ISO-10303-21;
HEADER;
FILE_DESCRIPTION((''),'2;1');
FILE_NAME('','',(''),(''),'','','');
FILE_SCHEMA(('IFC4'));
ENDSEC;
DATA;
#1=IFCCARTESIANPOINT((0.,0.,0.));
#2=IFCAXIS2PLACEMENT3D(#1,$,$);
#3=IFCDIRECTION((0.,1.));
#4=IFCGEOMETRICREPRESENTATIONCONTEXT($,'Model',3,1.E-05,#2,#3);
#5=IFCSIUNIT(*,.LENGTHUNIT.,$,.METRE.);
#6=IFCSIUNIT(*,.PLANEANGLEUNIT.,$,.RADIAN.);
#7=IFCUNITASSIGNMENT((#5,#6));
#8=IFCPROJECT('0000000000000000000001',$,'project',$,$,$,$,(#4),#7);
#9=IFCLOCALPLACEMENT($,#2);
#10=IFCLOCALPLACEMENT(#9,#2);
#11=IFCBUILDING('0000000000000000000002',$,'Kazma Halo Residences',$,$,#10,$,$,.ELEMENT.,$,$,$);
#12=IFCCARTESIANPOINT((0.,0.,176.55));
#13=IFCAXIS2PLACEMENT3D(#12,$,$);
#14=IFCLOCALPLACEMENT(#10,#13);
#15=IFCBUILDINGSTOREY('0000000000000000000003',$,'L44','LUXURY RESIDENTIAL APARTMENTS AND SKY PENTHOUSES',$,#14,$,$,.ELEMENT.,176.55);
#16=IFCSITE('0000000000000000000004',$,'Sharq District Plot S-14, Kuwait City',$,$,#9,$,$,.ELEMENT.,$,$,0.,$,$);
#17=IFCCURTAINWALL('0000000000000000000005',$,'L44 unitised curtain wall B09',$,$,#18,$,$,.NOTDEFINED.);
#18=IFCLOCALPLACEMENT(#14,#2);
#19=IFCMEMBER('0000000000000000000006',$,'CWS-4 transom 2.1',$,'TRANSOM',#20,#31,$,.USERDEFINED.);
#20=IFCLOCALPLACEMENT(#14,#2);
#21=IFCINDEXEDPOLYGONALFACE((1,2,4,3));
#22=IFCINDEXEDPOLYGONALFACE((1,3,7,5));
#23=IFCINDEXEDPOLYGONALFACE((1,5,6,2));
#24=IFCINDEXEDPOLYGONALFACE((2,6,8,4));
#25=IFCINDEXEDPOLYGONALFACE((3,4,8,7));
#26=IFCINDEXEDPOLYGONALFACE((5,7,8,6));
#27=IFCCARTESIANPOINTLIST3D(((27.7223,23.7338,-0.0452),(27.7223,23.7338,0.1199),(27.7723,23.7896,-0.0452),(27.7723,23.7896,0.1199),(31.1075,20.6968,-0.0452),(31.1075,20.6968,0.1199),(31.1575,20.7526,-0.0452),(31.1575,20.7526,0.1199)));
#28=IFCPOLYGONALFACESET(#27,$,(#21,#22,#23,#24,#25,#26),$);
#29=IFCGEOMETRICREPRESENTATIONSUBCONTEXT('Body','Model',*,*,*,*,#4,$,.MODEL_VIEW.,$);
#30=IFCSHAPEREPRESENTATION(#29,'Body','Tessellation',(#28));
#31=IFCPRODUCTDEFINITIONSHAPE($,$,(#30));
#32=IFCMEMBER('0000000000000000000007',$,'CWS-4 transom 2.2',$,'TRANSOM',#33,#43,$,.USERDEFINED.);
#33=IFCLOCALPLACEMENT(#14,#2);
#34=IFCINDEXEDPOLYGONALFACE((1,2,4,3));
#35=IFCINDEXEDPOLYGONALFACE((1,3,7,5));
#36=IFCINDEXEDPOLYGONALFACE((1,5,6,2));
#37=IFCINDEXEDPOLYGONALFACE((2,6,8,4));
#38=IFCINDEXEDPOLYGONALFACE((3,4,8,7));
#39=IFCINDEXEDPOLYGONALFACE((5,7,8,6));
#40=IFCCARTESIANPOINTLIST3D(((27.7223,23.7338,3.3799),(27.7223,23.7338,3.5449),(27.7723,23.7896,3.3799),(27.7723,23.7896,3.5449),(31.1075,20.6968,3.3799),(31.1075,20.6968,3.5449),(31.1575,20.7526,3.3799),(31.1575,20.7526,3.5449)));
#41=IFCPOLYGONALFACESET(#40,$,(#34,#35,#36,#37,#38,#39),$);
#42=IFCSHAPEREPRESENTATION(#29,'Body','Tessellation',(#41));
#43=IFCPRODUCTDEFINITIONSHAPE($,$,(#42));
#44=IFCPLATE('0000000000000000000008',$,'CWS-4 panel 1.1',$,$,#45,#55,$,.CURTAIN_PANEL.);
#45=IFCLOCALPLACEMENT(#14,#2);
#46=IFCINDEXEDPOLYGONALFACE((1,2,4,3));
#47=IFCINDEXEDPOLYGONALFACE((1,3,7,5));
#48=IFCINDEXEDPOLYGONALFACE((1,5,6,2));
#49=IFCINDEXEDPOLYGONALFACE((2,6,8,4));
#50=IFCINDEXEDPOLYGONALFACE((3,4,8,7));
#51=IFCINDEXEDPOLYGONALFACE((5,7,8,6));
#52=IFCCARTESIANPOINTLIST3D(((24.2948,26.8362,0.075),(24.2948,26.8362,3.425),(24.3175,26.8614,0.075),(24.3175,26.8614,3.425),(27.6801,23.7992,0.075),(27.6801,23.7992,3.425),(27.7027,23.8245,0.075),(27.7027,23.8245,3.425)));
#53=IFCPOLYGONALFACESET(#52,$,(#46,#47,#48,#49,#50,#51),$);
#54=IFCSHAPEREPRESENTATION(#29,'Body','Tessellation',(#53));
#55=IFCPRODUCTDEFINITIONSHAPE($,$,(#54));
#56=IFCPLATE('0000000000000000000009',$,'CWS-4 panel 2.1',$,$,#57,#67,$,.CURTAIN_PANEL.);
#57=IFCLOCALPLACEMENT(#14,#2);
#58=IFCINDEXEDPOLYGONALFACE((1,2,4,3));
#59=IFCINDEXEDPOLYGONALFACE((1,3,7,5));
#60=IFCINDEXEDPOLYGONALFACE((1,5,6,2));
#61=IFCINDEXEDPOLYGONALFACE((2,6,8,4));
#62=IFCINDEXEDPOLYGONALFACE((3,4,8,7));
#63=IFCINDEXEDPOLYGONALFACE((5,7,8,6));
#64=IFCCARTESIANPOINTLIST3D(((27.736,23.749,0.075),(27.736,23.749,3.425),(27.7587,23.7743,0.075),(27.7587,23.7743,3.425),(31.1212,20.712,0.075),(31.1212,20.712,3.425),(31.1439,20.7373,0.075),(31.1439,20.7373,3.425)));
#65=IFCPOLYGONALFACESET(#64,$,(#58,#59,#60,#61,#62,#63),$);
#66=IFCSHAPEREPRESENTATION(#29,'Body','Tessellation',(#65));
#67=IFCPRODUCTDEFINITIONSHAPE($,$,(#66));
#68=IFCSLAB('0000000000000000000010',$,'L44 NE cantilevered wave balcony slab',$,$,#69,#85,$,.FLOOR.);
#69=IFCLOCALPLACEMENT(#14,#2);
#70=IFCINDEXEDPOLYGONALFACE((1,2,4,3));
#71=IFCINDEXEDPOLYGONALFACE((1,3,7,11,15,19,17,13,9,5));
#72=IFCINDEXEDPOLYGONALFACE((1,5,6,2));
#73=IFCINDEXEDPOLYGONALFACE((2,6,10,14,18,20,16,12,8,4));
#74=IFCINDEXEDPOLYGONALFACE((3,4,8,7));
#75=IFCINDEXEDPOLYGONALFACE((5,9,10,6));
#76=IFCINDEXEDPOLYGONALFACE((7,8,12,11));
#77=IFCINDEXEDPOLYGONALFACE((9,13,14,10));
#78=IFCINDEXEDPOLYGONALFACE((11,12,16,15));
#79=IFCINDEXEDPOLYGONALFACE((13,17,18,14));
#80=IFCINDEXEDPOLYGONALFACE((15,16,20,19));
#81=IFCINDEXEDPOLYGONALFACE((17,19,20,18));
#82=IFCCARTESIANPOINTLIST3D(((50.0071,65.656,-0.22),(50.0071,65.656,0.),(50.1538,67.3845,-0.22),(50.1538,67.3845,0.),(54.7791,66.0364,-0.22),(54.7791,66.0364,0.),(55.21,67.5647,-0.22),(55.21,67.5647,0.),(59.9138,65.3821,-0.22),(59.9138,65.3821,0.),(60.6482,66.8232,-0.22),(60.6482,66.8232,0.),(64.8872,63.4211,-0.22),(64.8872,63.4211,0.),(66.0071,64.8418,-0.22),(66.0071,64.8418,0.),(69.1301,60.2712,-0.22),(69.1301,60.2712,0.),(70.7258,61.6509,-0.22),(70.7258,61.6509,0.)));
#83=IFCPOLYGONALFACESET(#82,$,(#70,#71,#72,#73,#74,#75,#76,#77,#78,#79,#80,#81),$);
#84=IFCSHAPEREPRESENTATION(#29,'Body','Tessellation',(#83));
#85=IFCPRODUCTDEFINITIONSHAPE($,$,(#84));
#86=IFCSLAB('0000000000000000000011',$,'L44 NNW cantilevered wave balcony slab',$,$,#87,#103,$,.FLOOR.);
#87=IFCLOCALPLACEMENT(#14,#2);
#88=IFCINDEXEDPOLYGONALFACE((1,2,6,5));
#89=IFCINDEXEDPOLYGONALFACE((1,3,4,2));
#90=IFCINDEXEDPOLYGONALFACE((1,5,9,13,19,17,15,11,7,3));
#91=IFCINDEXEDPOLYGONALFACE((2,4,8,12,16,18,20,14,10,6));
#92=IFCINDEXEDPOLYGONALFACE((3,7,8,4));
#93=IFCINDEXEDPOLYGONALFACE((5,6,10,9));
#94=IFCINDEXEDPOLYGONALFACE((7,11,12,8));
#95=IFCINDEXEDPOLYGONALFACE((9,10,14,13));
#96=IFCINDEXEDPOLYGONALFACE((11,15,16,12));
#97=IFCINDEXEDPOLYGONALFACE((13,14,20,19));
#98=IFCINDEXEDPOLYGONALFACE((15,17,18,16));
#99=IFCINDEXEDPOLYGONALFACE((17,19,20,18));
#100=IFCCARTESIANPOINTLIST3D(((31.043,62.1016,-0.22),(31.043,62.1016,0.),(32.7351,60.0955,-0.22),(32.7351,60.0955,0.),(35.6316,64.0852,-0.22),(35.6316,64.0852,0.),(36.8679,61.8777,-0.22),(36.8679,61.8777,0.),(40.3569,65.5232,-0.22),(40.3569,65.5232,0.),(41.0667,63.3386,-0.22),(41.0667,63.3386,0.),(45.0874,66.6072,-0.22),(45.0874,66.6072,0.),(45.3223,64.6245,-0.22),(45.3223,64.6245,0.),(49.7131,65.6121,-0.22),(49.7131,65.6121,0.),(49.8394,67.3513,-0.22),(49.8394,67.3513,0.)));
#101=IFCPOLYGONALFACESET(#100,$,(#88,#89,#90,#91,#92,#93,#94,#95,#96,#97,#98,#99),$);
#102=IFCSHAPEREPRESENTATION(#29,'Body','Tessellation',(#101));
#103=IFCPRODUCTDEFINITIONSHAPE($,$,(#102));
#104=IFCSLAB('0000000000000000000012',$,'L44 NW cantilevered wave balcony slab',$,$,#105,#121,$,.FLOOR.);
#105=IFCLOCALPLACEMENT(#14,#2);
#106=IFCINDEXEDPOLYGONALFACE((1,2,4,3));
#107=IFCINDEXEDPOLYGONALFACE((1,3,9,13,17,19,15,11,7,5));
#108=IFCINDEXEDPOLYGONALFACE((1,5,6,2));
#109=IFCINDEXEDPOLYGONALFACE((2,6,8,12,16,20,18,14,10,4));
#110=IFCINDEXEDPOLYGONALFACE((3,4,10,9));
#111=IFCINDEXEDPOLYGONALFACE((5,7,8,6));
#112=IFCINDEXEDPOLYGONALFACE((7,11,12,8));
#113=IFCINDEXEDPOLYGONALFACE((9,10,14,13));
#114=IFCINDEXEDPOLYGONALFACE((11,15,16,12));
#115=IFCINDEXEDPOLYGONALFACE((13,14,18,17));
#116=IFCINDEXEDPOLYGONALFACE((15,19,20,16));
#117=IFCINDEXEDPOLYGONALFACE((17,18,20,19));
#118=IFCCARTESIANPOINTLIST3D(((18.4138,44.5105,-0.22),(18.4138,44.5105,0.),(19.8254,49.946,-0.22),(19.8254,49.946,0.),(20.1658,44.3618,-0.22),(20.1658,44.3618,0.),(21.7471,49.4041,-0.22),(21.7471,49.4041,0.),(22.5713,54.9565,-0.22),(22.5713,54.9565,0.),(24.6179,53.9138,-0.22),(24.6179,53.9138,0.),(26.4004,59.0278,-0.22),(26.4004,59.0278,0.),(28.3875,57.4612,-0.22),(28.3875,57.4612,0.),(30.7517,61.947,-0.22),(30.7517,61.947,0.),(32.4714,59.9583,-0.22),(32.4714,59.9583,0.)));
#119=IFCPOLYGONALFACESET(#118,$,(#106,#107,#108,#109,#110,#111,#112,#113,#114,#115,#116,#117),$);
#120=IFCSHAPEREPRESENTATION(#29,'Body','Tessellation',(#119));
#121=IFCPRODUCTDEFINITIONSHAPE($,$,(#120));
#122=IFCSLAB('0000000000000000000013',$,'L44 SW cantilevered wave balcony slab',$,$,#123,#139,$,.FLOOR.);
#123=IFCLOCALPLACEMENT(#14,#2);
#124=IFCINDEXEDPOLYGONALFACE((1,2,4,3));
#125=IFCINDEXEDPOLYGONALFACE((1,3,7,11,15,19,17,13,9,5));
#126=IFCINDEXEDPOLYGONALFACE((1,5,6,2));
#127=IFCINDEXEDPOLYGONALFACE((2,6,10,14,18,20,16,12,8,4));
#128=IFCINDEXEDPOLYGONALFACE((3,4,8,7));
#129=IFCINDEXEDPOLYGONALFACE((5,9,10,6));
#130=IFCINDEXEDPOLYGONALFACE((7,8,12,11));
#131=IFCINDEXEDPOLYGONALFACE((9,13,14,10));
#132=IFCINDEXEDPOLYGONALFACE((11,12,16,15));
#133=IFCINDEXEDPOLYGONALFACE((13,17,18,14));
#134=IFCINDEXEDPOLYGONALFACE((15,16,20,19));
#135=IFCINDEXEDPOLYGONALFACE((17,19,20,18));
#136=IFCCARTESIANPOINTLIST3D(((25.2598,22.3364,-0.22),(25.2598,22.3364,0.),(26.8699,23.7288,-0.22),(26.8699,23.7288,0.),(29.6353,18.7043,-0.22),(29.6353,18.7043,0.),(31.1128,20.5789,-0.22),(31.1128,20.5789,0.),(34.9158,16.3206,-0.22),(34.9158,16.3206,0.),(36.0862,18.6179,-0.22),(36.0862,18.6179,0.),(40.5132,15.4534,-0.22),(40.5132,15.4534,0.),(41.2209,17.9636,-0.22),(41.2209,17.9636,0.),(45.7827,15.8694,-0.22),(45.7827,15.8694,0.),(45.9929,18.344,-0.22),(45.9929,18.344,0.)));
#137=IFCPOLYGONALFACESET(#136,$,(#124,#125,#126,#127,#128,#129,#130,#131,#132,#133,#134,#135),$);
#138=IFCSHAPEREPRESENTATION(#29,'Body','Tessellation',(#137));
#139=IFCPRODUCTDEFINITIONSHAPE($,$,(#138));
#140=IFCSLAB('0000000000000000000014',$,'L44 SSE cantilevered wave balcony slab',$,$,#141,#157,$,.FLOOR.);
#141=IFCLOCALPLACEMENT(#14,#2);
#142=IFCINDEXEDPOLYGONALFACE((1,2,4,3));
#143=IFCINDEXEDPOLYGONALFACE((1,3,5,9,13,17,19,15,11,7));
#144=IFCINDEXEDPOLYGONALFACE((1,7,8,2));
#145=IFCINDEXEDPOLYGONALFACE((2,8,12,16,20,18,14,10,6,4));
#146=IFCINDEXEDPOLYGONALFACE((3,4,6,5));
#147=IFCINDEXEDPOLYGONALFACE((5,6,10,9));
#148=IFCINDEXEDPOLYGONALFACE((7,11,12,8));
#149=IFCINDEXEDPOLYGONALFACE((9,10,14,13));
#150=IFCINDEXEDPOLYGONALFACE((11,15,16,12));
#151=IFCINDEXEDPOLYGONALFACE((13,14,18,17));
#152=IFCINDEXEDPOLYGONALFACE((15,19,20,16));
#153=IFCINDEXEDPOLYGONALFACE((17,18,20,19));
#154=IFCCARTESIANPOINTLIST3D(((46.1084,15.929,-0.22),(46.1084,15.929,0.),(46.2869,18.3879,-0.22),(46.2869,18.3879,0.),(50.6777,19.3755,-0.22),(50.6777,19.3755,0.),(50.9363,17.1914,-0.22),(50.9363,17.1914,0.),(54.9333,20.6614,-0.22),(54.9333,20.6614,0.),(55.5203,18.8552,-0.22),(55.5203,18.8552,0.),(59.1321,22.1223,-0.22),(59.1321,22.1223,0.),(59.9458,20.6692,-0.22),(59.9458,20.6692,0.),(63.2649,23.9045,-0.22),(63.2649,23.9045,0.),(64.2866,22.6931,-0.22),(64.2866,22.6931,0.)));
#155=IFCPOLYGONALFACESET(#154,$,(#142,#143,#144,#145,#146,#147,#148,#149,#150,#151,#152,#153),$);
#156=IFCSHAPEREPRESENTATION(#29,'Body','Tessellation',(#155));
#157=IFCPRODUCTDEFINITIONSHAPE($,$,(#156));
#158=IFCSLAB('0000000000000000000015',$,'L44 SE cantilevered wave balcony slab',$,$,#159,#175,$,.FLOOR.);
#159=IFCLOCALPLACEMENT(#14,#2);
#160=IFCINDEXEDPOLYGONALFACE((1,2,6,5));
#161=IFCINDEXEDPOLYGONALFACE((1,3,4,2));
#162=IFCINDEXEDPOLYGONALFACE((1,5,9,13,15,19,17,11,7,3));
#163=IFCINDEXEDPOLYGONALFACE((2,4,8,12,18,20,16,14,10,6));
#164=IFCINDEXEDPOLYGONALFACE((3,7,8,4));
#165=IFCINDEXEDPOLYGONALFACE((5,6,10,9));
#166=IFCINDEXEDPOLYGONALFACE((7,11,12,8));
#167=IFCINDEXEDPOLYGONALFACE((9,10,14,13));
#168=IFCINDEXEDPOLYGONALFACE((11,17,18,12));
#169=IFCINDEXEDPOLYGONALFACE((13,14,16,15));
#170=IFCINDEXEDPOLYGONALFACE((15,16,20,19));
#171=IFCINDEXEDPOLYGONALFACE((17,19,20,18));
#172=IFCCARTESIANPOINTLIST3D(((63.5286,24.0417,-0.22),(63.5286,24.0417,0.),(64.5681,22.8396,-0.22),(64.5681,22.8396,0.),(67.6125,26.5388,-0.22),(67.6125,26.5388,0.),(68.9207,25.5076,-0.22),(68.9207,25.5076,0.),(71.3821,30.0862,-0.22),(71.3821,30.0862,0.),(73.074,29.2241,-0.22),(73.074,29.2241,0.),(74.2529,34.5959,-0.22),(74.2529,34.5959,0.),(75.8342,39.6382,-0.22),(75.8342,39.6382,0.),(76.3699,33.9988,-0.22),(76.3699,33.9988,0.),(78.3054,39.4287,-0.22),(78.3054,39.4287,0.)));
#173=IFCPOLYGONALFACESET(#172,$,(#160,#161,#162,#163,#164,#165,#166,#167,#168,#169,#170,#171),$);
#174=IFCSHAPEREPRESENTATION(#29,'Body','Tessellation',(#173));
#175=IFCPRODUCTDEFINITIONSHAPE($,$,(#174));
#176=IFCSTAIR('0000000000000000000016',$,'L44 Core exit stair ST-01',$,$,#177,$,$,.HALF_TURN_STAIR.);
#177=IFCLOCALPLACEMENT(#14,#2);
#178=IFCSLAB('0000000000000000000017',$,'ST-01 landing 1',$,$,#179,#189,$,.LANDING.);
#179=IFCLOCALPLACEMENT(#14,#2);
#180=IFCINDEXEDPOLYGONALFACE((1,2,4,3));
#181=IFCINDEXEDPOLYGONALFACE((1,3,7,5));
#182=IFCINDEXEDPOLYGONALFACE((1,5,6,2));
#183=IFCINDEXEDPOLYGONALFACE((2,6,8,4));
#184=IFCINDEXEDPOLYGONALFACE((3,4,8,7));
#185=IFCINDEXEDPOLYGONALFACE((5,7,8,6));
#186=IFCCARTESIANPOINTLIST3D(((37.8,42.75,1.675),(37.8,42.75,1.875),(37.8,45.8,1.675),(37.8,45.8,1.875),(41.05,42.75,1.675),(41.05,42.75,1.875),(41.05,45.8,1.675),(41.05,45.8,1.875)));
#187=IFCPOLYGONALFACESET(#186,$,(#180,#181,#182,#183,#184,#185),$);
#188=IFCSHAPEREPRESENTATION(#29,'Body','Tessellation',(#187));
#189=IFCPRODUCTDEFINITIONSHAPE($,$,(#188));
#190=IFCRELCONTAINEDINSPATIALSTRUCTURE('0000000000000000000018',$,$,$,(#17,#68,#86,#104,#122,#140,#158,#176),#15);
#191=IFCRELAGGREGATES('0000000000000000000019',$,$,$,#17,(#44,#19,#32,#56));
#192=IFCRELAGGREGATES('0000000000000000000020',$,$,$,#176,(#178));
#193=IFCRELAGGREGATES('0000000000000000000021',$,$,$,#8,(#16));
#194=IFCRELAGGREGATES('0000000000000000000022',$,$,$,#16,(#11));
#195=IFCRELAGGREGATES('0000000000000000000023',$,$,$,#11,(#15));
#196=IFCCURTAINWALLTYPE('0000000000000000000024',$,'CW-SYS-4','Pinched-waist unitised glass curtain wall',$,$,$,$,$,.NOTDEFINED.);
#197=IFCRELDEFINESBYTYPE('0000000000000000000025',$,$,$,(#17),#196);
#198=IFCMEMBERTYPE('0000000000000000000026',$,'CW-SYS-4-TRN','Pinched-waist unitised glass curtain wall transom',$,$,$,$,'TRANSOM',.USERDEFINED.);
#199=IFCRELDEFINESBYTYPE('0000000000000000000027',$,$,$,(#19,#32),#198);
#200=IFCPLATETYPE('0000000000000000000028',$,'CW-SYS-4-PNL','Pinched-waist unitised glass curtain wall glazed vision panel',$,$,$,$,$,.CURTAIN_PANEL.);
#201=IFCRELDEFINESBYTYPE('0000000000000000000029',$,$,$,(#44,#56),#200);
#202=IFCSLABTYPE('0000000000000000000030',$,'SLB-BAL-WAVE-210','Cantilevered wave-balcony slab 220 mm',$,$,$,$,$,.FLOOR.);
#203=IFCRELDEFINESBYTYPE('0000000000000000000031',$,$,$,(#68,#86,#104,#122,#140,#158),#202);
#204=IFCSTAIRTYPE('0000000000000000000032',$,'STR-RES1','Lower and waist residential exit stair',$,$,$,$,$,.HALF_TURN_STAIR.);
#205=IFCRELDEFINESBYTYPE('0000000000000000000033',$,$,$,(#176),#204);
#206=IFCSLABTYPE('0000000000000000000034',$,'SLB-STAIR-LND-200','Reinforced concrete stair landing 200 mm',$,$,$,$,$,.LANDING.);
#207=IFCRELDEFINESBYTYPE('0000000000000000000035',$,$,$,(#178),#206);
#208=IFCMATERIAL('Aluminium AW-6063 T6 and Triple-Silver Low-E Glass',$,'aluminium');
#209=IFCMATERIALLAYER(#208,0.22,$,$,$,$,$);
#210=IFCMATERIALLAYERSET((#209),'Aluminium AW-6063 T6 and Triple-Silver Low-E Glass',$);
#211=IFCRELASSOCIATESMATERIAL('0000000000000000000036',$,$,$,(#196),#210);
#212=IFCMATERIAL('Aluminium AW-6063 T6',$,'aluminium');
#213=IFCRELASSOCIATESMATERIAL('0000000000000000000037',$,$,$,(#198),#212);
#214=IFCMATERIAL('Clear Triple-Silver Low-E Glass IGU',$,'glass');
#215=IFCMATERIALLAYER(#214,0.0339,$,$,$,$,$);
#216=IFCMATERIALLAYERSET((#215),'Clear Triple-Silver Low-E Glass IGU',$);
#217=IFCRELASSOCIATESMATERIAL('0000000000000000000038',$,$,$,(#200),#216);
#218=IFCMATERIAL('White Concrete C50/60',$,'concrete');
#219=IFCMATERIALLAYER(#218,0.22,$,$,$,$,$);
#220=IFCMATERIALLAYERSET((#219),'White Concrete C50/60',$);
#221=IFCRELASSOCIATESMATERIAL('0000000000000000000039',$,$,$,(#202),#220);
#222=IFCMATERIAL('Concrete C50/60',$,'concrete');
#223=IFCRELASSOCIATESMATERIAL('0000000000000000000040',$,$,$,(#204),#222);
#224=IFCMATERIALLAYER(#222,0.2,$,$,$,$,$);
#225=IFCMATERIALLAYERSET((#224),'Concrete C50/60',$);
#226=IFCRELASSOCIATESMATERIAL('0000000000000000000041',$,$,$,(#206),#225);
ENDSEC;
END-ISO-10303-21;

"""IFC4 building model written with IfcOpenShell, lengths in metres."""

from ifc_helpers import new_model, si_unit, direction, frame, origin, origin_2d, place, context, subcontext, project, spatial, polyline, rectangle, outline, extrude, material, layer, layer_set, material_profile, profile_set, type_object, element, aggregate, save


model = new_model("IFC4")

# Units and contexts
model_context = context("Model", 3, precision=1e-05, world=origin(), true_north=direction((0.0, 1.0)))
body_context = subcontext(model_context, "Body", "Model", "MODEL_VIEW")
ifc_project = project(units=[si_unit("LENGTHUNIT", "METRE"), si_unit("PLANEANGLEUNIT", "RADIAN")], contexts=[model_context])

# Site, building, storey
site_placement = place(None, origin())
site = spatial("IfcSite", under=ifc_project, at=site_placement, Name="Sharq District Plot S-14, Kuwait City", CompositionType="ELEMENT", RefElevation=0.0)
building_placement = place(site_placement, origin())
building = spatial("IfcBuilding", under=site, at=building_placement, Name="Kazma Halo Residences", CompositionType="ELEMENT")
storey_placement = place(building_placement, frame((0.0, 0.0, 176.55)))
storey = spatial("IfcBuildingStorey", under=building, at=storey_placement, Name="L44", Description="LUXURY RESIDENTIAL APARTMENTS AND SKY PENTHOUSES", CompositionType="ELEMENT", Elevation=176.55)

# Curtain wall, members, plates
ifc_material_1 = material(Name="Aluminium AW-6063 T6 and Triple-Silver Low-E Glass", Category="aluminium")
ifc_layer_1 = layer(ifc_material_1, 0.22)
ifc_layer_set_1 = layer_set([ifc_layer_1], Name="Aluminium AW-6063 T6 and Triple-Silver Low-E Glass")
curtain_wall_type = type_object("IfcCurtainWallType", Name="CW-SYS-4", Description="Pinched-waist unitised glass curtain wall", PredefinedType="NOTDEFINED", material=ifc_layer_set_1)
curtain_wall_placement = place(storey_placement, origin())
curtain_wall = element("IfcCurtainWall", 1, at=curtain_wall_placement, inside=storey, type_object=curtain_wall_type, Name="L44 unitised curtain wall B09", PredefinedType="NOTDEFINED")
ifc_material_2 = material(Name="Aluminium AW-6063 T6", Category="aluminium")
ifc_material_profile_1 = material_profile(ifc_material_2, rectangle(XDim=0.075, YDim=0.165, at=origin_2d()), Name="CWT-75x165")
ifc_profile_set_1 = profile_set([ifc_material_profile_1], Name="Aluminium AW-6063 T6")
member_type_1 = type_object("IfcMemberType", Name="CW-SYS-4-TRN", Description="Pinched-waist unitised glass curtain wall transom", ElementType="TRANSOM", PredefinedType="USERDEFINED", material=ifc_profile_set_1)
member_1_placement = place(storey_placement, frame((27.7473, 23.7617, 0.0374), z_axis=(0.744345, -0.667795, 0.0), x_axis=(0.667795, 0.744345, 0.0)))
member_1 = element("IfcMember", 2, at=member_1_placement, type_object=member_type_1, Name="CWS-4 transom 2.1", ObjectType="TRANSOM", PredefinedType="USERDEFINED", context=body_context, shape_type="SweptSolid", body=[
    extrude(rectangle(XDim=0.075, YDim=0.165, at=origin_2d()), origin(), (0.0, 0.0, 1.0), 4.5479),
])
member_2_placement = place(storey_placement, frame((27.7473, 23.7617, 3.4624), z_axis=(0.744345, -0.667795, 0.0), x_axis=(0.667795, 0.744345, 0.0)))
member_2 = element("IfcMember", 3, at=member_2_placement, type_object=member_type_1, Name="CWS-4 transom 2.2", ObjectType="TRANSOM", PredefinedType="USERDEFINED", context=body_context, shape_type="SweptSolid", body=[
    extrude(rectangle(XDim=0.075, YDim=0.165, at=origin_2d()), origin(), (0.0, 0.0, 1.0), 4.5479),
])
ifc_material_3 = material(Name="Clear Triple-Silver Low-E Glass IGU", Category="glass")
ifc_layer_2 = layer(ifc_material_3, 0.0339)
ifc_layer_set_2 = layer_set([ifc_layer_2], Name="Clear Triple-Silver Low-E Glass IGU")
plate_type = type_object("IfcPlateType", Name="CW-SYS-4-PNL", Description="Pinched-waist unitised glass curtain wall glazed vision panel", PredefinedType="CURTAIN_PANEL", material=ifc_layer_set_2)
plate_1_placement = place(storey_placement, frame((25.9988, 25.3303, 0.075), z_axis=(0.0, 0.0, 1.0), x_axis=(0.744355, -0.667784, 0.0)))
plate_1 = element("IfcPlate", 4, at=plate_1_placement, type_object=plate_type, Name="CWS-4 panel 1.1", PredefinedType="CURTAIN_PANEL", context=body_context, shape_type="SweptSolid", body=[
    extrude(rectangle(XDim=4.5479, YDim=0.0339, at=origin_2d()), origin(), (0.0, 0.0, 1.0), 3.3501),
])
plate_2_placement = place(storey_placement, frame((29.4399, 22.2432, 0.075), z_axis=(0.0, 0.0, 1.0), x_axis=(0.744355, -0.667784, 0.0)))
plate_2 = element("IfcPlate", 5, at=plate_2_placement, type_object=plate_type, Name="CWS-4 panel 2.1", PredefinedType="CURTAIN_PANEL", context=body_context, shape_type="SweptSolid", body=[
    extrude(rectangle(XDim=4.5479, YDim=0.0339, at=origin_2d()), origin(), (0.0, 0.0, 1.0), 3.3501),
])
aggregate(curtain_wall, [plate_1, member_1, member_2, plate_2])

# Slabs
ifc_material_4 = material(Name="White Concrete C50/60", Category="concrete")
ifc_layer_3 = layer(ifc_material_4, 0.22)
ifc_layer_set_3 = layer_set([ifc_layer_3], Name="White Concrete C50/60")
slab_type_1 = type_object("IfcSlabType", Name="SLB-BAL-WAVE-210", Description="Cantilevered wave-balcony slab 220 mm", PredefinedType="FLOOR", material=ifc_layer_set_3)
slab_1_placement = place(storey_placement, frame((0.0, 0.0, -0.22)))
element("IfcSlab", 6, at=slab_1_placement, inside=storey, type_object=slab_type_1, Name="L44 NE cantilevered wave balcony slab", PredefinedType="FLOOR", context=body_context, shape_type="SweptSolid", body=[
    extrude(outline(polyline([(69.1301, 60.2712), (64.8872, 63.4211), (59.9138, 65.3821), (54.7791, 66.0364), (50.0071, 65.656), (50.1538, 67.3845), (55.21, 67.5647), (60.6482, 66.8232), (66.0071, 64.8418), (70.7258, 61.6509), (69.1301, 60.2712)])), origin(), (0.0, 0.0, 1.0), 0.22),
])
slab_2_placement = place(storey_placement, frame((0.0, 0.0, -0.22)))
element("IfcSlab", 7, at=slab_2_placement, inside=storey, type_object=slab_type_1, Name="L44 NNW cantilevered wave balcony slab", PredefinedType="FLOOR", context=body_context, shape_type="SweptSolid", body=[
    extrude(outline(polyline([(49.7131, 65.6121), (45.3223, 64.6245), (41.0667, 63.3386), (36.8679, 61.8777), (32.7351, 60.0955), (31.043, 62.1016), (35.6316, 64.0852), (40.3569, 65.5232), (45.0874, 66.6072), (49.8394, 67.3513), (49.7131, 65.6121)])), origin(), (0.0, 0.0, 1.0), 0.22),
])
slab_3_placement = place(storey_placement, frame((0.0, 0.0, -0.22)))
element("IfcSlab", 8, at=slab_3_placement, inside=storey, type_object=slab_type_1, Name="L44 NW cantilevered wave balcony slab", PredefinedType="FLOOR", context=body_context, shape_type="SweptSolid", body=[
    extrude(outline(polyline([(32.4714, 59.9583), (28.3875, 57.4612), (24.6179, 53.9138), (21.7471, 49.4041), (20.1658, 44.3618), (18.4138, 44.5105), (19.8254, 49.946), (22.5713, 54.9565), (26.4004, 59.0278), (30.7517, 61.947), (32.4714, 59.9583)])), origin(), (0.0, 0.0, 1.0), 0.22),
])
slab_4_placement = place(storey_placement, frame((0.0, 0.0, -0.22)))
element("IfcSlab", 9, at=slab_4_placement, inside=storey, type_object=slab_type_1, Name="L44 SW cantilevered wave balcony slab", PredefinedType="FLOOR", context=body_context, shape_type="SweptSolid", body=[
    extrude(outline(polyline([(26.8699, 23.7288), (31.1128, 20.5789), (36.0862, 18.6179), (41.2209, 17.9636), (45.9929, 18.344), (45.7827, 15.8694), (40.5132, 15.4534), (34.9158, 16.3206), (29.6353, 18.7043), (25.2598, 22.3364), (26.8699, 23.7288)])), origin(), (0.0, 0.0, 1.0), 0.22),
])
slab_5_placement = place(storey_placement, frame((0.0, 0.0, -0.22)))
element("IfcSlab", 10, at=slab_5_placement, inside=storey, type_object=slab_type_1, Name="L44 SSE cantilevered wave balcony slab", PredefinedType="FLOOR", context=body_context, shape_type="SweptSolid", body=[
    extrude(outline(polyline([(46.2869, 18.3879), (50.6777, 19.3755), (54.9333, 20.6614), (59.1321, 22.1223), (63.2649, 23.9045), (64.2866, 22.6931), (59.9458, 20.6692), (55.5203, 18.8552), (50.9363, 17.1914), (46.1084, 15.929), (46.2869, 18.3879)])), origin(), (0.0, 0.0, 1.0), 0.22),
])
slab_6_placement = place(storey_placement, frame((0.0, 0.0, -0.22)))
element("IfcSlab", 11, at=slab_6_placement, inside=storey, type_object=slab_type_1, Name="L44 SE cantilevered wave balcony slab", PredefinedType="FLOOR", context=body_context, shape_type="SweptSolid", body=[
    extrude(outline(polyline([(63.5286, 24.0417), (67.6125, 26.5388), (71.3821, 30.0862), (74.2529, 34.5959), (75.8342, 39.6382), (78.3054, 39.4287), (76.3699, 33.9988), (73.074, 29.2241), (68.9207, 25.5076), (64.5681, 22.8396), (63.5286, 24.0417)])), origin(), (0.0, 0.0, 1.0), 0.22),
])

# Stair, slab
ifc_material_5 = material(Name="Concrete C50/60", Category="concrete")
stair_type = type_object("IfcStairType", Name="STR-RES1", Description="Lower and waist residential exit stair", PredefinedType="HALF_TURN_STAIR", material=ifc_material_5)
stair_1_placement = place(storey_placement, origin())
stair_1 = element("IfcStair", 12, at=stair_1_placement, inside=storey, type_object=stair_type, Name="L44 Core exit stair ST-01", PredefinedType="HALF_TURN_STAIR")
ifc_layer_4 = layer(ifc_material_5, 0.2)
ifc_layer_set_4 = layer_set([ifc_layer_4], Name="Concrete C50/60")
slab_type_2 = type_object("IfcSlabType", Name="SLB-STAIR-LND-200", Description="Reinforced concrete stair landing 200 mm", PredefinedType="LANDING", material=ifc_layer_set_4)
slab_7_placement = place(storey_placement, frame((0.0, 0.0, 1.675)))
slab_7 = element("IfcSlab", 13, at=slab_7_placement, type_object=slab_type_2, Name="ST-01 landing 1", PredefinedType="LANDING", context=body_context, shape_type="SweptSolid", body=[
    extrude(outline(polyline([(41.05, 42.75), (41.05, 45.8), (37.8, 45.8), (37.8, 42.75), (41.05, 42.75)])), origin(), (0.0, 0.0, 1.0), 0.2),
])
aggregate(stair_1, [slab_7])

save(model, "model.ifc")
